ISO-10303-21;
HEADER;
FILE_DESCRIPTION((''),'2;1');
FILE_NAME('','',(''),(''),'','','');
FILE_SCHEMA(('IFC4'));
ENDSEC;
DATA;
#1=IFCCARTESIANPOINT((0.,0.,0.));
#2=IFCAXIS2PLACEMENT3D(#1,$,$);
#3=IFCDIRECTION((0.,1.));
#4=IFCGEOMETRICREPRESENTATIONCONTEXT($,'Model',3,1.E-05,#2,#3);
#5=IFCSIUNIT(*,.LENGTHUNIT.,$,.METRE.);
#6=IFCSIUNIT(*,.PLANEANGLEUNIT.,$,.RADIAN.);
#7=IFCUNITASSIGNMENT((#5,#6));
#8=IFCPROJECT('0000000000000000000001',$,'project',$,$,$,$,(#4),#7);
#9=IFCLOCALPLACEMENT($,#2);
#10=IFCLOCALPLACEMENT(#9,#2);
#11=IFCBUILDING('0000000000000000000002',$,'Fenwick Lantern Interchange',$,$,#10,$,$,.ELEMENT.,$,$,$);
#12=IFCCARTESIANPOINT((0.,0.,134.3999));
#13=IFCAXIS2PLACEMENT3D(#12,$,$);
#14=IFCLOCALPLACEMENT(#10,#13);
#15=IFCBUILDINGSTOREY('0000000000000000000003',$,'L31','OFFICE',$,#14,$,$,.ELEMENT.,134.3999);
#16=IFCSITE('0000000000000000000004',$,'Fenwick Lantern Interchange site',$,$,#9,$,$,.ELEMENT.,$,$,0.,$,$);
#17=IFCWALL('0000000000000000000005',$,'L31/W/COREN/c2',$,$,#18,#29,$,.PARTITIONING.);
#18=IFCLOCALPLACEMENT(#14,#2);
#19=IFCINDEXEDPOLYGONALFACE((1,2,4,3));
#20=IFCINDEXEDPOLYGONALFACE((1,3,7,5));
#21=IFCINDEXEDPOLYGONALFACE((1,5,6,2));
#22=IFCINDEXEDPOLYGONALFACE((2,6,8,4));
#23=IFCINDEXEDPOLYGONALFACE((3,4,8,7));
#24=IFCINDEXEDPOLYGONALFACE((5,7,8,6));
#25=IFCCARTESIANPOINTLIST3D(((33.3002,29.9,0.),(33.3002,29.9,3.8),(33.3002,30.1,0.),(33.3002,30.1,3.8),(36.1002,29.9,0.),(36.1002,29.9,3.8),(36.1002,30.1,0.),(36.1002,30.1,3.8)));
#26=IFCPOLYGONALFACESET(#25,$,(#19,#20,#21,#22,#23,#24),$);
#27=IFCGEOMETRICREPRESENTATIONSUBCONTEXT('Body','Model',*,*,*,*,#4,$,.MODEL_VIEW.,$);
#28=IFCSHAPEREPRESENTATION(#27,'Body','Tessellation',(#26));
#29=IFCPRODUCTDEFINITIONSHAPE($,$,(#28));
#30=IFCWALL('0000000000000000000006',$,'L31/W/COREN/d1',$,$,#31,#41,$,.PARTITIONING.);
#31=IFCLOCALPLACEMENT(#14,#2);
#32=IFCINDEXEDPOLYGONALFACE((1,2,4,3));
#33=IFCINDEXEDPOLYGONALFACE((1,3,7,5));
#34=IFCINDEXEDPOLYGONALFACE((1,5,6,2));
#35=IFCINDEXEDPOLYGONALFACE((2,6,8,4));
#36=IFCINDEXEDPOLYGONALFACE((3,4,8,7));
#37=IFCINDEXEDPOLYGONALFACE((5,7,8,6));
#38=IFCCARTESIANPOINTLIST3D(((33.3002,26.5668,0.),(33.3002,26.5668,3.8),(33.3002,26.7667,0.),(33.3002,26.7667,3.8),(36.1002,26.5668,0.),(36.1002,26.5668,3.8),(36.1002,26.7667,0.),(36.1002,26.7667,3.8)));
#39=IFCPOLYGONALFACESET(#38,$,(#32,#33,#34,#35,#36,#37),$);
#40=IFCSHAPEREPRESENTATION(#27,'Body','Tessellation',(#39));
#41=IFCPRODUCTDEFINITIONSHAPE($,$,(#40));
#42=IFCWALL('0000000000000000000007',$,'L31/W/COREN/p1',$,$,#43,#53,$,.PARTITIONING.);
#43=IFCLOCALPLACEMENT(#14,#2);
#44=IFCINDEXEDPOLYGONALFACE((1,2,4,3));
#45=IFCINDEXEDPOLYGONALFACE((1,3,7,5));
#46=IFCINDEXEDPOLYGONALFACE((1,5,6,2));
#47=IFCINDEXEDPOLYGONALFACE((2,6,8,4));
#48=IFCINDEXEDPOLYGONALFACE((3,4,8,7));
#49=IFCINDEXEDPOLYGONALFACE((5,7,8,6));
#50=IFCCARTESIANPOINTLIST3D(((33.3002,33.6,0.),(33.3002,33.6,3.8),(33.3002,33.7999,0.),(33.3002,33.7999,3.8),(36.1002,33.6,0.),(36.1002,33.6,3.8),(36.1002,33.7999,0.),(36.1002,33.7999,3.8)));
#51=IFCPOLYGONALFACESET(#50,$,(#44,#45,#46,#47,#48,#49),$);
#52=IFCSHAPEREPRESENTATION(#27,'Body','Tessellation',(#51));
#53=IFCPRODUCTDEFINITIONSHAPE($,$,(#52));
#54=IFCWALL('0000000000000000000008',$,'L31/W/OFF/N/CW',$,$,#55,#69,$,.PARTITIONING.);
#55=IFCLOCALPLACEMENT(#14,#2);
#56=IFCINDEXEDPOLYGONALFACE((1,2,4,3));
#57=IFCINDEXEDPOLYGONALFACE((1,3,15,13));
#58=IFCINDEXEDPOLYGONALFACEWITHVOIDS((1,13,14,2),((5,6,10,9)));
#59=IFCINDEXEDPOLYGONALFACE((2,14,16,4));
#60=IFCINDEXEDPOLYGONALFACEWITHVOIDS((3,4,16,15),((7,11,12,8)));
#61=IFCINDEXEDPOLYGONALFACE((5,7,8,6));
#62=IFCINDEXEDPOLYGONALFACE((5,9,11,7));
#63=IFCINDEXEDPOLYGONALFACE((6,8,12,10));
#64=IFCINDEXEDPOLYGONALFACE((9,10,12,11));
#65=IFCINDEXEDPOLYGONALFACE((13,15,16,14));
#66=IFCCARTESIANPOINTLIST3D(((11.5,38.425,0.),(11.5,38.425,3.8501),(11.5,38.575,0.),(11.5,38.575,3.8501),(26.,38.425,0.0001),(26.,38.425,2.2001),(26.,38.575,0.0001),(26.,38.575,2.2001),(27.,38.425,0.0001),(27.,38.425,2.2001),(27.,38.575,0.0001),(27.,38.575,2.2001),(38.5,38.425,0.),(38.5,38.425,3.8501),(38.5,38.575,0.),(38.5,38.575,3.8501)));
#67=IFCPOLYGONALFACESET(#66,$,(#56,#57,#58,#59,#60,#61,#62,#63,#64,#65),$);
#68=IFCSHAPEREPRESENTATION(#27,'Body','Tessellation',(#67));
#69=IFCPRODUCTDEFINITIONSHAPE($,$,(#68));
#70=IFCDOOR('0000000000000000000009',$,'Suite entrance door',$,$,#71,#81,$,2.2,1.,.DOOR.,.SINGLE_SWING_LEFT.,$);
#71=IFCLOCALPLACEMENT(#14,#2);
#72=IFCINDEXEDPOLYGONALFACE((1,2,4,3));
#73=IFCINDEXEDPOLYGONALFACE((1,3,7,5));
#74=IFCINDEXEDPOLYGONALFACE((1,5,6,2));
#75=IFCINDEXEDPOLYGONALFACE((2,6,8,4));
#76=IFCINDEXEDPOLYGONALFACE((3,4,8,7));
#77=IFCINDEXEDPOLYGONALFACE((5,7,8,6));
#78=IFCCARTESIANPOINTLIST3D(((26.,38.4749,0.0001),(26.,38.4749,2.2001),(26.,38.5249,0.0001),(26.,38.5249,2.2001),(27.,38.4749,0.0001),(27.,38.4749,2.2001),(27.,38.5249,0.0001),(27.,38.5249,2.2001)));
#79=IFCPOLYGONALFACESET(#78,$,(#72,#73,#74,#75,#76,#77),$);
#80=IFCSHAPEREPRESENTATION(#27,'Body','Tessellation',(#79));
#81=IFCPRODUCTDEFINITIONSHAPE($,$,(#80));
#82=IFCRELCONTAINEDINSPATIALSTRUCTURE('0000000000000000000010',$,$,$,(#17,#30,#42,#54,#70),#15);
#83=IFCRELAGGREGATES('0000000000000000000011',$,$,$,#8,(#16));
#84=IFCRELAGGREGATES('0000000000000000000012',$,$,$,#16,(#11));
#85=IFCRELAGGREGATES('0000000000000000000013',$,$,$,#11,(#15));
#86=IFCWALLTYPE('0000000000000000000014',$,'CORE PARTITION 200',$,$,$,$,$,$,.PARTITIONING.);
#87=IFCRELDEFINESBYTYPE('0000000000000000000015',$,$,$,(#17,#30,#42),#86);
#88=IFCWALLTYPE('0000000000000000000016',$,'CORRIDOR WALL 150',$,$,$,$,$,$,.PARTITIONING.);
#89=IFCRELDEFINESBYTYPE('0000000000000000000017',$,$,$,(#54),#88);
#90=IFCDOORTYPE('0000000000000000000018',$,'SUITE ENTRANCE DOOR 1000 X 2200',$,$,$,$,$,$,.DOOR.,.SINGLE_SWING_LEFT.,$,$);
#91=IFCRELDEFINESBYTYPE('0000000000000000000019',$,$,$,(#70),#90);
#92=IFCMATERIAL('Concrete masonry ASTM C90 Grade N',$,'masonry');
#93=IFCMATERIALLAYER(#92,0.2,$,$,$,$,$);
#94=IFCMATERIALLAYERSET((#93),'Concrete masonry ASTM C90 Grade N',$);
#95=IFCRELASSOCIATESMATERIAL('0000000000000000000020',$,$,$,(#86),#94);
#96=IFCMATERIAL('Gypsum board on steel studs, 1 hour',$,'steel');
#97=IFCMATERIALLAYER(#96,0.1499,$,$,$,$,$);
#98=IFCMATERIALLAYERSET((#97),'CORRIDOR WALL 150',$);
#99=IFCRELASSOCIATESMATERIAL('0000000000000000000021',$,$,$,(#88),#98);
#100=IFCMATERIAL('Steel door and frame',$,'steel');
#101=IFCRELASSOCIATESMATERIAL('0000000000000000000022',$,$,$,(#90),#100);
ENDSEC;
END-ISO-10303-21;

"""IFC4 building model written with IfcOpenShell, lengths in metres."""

from ifc_helpers import new_model, si_unit, direction, frame, frame_2d, origin, place, context, subcontext, project, spatial, rectangle, extrude, material, layer, layer_set, type_object, element, fill, save


model = new_model("IFC4")

# Units and contexts
model_context = context("Model", 3, precision=1e-05, world=origin(), true_north=direction((0.0, 1.0)))
body_context = subcontext(model_context, "Body", "Model", "MODEL_VIEW")
ifc_project = project(units=[si_unit("LENGTHUNIT", "METRE"), si_unit("PLANEANGLEUNIT", "RADIAN")], contexts=[model_context])

# Site, building, storey
site_placement = place(None, origin())
site = spatial("IfcSite", under=ifc_project, at=site_placement, Name="Fenwick Lantern Interchange site", CompositionType="ELEMENT", RefElevation=0.0)
building_placement = place(site_placement, origin())
building = spatial("IfcBuilding", under=site, at=building_placement, Name="Fenwick Lantern Interchange", CompositionType="ELEMENT")
storey_placement = place(building_placement, frame((0.0, 0.0, 134.3999)))
storey = spatial("IfcBuildingStorey", under=building, at=storey_placement, Name="L31", Description="OFFICE", CompositionType="ELEMENT", Elevation=134.3999)

# Walls
ifc_material_1 = material(Name="Concrete masonry ASTM C90 Grade N", Category="masonry")
ifc_layer_1 = layer(ifc_material_1, 0.2)
ifc_layer_set_1 = layer_set([ifc_layer_1], Name="Concrete masonry ASTM C90 Grade N")
wall_type_1 = type_object("IfcWallType", Name="CORE PARTITION 200", PredefinedType="PARTITIONING", material=ifc_layer_set_1)
for number, where, z_axis, x_axis, name in (
    (1, (36.1001, 30.0, 0.0), (0.0, 0.0, 1.0), (-1.0, 0.0, 0.0), "L31/W/COREN/c2"),
    (2, (36.1001, 26.6667, 0.0), (0.0, 0.0, 1.0), (-1.0, 0.0, 0.0), "L31/W/COREN/d1"),
    (3, (36.1001, 33.7, 0.0), (0.0, 0.0, 1.0), (-1.0, 0.0, 0.0), "L31/W/COREN/p1"),
):
    element("IfcWall", number, at=place(storey_placement, frame(where, z_axis=z_axis, x_axis=x_axis)), inside=storey, type_object=wall_type_1, Name=name, PredefinedType="PARTITIONING", context=body_context, shape_type="SweptSolid", body=[
        extrude(rectangle(XDim=2.8, YDim=0.2, at=frame_2d((1.3999, 0.0))), origin(), (0.0, 0.0, 1.0), 3.8),
    ])

# Shared definitions
ifc_material_2 = material(Name="Steel door and frame", Category="steel")

# Wall, opening, door
ifc_material_3 = material(Name="Gypsum board on steel studs, 1 hour", Category="steel")
ifc_layer_2 = layer(ifc_material_3, 0.1499)
ifc_layer_set_2 = layer_set([ifc_layer_2], Name="CORRIDOR WALL 150")
wall_type_2 = type_object("IfcWallType", Name="CORRIDOR WALL 150", PredefinedType="PARTITIONING", material=ifc_layer_set_2)
wall_1_placement = place(storey_placement, frame((38.5, 38.5, 0.0), z_axis=(0.0, 0.0, 1.0), x_axis=(-1.0, 0.0, 0.0)))
wall_1 = element("IfcWall", 4, at=wall_1_placement, inside=storey, type_object=wall_type_2, Name="L31/W/OFF/N/CW", PredefinedType="PARTITIONING", context=body_context, shape_type="SweptSolid", body=[
    extrude(rectangle(XDim=27.0, YDim=0.1499, at=frame_2d((13.5, 0.0))), origin(), (0.0, 0.0, 1.0), 3.8501),
])
opening_1_placement = place(wall_1_placement, frame((11.5, 0.0, 0.0)))
opening_1 = element("IfcOpeningElement", 5, at=opening_1_placement, cuts=wall_1, PredefinedType="OPENING", context=body_context, shape_type="SweptSolid", body=[
    extrude(rectangle(XDim=1.0, YDim=2.2, at=frame_2d((0.5, 1.1001))), frame((0.0, 0.085, 0.0), z_axis=(0.0, -1.0, 0.0), x_axis=(1.0, 0.0, 0.0)), (0.0, 0.0, 1.0), 0.1699),
])
door_type_1 = type_object("IfcDoorType", Name="SUITE ENTRANCE DOOR 1000 X 2200", OperationType="SINGLE_SWING_LEFT", PredefinedType="DOOR", material=ifc_material_2)
door_1_placement = place(opening_1_placement, frame((1.0, 0.0, 0.0), z_axis=(0.0, 0.0, 1.0), x_axis=(-1.0, 0.0, 0.0)))
door_1 = element("IfcDoor", 6, at=door_1_placement, inside=storey, type_object=door_type_1, Name="Suite entrance door", OperationType="SINGLE_SWING_LEFT", OverallHeight=2.2, OverallWidth=1.0, PredefinedType="DOOR", context=body_context, shape_type="SweptSolid", body=[
    extrude(rectangle(XDim=1.0, YDim=2.2, at=frame_2d((0.5, 1.1001))), frame((0.0, 0.0249, 0.0), z_axis=(0.0, -1.0, 0.0), x_axis=(1.0, 0.0, 0.0)), (0.0, 0.0, 1.0), 0.05),
])
fill(opening_1, door_1)

save(model, "model.ifc")
